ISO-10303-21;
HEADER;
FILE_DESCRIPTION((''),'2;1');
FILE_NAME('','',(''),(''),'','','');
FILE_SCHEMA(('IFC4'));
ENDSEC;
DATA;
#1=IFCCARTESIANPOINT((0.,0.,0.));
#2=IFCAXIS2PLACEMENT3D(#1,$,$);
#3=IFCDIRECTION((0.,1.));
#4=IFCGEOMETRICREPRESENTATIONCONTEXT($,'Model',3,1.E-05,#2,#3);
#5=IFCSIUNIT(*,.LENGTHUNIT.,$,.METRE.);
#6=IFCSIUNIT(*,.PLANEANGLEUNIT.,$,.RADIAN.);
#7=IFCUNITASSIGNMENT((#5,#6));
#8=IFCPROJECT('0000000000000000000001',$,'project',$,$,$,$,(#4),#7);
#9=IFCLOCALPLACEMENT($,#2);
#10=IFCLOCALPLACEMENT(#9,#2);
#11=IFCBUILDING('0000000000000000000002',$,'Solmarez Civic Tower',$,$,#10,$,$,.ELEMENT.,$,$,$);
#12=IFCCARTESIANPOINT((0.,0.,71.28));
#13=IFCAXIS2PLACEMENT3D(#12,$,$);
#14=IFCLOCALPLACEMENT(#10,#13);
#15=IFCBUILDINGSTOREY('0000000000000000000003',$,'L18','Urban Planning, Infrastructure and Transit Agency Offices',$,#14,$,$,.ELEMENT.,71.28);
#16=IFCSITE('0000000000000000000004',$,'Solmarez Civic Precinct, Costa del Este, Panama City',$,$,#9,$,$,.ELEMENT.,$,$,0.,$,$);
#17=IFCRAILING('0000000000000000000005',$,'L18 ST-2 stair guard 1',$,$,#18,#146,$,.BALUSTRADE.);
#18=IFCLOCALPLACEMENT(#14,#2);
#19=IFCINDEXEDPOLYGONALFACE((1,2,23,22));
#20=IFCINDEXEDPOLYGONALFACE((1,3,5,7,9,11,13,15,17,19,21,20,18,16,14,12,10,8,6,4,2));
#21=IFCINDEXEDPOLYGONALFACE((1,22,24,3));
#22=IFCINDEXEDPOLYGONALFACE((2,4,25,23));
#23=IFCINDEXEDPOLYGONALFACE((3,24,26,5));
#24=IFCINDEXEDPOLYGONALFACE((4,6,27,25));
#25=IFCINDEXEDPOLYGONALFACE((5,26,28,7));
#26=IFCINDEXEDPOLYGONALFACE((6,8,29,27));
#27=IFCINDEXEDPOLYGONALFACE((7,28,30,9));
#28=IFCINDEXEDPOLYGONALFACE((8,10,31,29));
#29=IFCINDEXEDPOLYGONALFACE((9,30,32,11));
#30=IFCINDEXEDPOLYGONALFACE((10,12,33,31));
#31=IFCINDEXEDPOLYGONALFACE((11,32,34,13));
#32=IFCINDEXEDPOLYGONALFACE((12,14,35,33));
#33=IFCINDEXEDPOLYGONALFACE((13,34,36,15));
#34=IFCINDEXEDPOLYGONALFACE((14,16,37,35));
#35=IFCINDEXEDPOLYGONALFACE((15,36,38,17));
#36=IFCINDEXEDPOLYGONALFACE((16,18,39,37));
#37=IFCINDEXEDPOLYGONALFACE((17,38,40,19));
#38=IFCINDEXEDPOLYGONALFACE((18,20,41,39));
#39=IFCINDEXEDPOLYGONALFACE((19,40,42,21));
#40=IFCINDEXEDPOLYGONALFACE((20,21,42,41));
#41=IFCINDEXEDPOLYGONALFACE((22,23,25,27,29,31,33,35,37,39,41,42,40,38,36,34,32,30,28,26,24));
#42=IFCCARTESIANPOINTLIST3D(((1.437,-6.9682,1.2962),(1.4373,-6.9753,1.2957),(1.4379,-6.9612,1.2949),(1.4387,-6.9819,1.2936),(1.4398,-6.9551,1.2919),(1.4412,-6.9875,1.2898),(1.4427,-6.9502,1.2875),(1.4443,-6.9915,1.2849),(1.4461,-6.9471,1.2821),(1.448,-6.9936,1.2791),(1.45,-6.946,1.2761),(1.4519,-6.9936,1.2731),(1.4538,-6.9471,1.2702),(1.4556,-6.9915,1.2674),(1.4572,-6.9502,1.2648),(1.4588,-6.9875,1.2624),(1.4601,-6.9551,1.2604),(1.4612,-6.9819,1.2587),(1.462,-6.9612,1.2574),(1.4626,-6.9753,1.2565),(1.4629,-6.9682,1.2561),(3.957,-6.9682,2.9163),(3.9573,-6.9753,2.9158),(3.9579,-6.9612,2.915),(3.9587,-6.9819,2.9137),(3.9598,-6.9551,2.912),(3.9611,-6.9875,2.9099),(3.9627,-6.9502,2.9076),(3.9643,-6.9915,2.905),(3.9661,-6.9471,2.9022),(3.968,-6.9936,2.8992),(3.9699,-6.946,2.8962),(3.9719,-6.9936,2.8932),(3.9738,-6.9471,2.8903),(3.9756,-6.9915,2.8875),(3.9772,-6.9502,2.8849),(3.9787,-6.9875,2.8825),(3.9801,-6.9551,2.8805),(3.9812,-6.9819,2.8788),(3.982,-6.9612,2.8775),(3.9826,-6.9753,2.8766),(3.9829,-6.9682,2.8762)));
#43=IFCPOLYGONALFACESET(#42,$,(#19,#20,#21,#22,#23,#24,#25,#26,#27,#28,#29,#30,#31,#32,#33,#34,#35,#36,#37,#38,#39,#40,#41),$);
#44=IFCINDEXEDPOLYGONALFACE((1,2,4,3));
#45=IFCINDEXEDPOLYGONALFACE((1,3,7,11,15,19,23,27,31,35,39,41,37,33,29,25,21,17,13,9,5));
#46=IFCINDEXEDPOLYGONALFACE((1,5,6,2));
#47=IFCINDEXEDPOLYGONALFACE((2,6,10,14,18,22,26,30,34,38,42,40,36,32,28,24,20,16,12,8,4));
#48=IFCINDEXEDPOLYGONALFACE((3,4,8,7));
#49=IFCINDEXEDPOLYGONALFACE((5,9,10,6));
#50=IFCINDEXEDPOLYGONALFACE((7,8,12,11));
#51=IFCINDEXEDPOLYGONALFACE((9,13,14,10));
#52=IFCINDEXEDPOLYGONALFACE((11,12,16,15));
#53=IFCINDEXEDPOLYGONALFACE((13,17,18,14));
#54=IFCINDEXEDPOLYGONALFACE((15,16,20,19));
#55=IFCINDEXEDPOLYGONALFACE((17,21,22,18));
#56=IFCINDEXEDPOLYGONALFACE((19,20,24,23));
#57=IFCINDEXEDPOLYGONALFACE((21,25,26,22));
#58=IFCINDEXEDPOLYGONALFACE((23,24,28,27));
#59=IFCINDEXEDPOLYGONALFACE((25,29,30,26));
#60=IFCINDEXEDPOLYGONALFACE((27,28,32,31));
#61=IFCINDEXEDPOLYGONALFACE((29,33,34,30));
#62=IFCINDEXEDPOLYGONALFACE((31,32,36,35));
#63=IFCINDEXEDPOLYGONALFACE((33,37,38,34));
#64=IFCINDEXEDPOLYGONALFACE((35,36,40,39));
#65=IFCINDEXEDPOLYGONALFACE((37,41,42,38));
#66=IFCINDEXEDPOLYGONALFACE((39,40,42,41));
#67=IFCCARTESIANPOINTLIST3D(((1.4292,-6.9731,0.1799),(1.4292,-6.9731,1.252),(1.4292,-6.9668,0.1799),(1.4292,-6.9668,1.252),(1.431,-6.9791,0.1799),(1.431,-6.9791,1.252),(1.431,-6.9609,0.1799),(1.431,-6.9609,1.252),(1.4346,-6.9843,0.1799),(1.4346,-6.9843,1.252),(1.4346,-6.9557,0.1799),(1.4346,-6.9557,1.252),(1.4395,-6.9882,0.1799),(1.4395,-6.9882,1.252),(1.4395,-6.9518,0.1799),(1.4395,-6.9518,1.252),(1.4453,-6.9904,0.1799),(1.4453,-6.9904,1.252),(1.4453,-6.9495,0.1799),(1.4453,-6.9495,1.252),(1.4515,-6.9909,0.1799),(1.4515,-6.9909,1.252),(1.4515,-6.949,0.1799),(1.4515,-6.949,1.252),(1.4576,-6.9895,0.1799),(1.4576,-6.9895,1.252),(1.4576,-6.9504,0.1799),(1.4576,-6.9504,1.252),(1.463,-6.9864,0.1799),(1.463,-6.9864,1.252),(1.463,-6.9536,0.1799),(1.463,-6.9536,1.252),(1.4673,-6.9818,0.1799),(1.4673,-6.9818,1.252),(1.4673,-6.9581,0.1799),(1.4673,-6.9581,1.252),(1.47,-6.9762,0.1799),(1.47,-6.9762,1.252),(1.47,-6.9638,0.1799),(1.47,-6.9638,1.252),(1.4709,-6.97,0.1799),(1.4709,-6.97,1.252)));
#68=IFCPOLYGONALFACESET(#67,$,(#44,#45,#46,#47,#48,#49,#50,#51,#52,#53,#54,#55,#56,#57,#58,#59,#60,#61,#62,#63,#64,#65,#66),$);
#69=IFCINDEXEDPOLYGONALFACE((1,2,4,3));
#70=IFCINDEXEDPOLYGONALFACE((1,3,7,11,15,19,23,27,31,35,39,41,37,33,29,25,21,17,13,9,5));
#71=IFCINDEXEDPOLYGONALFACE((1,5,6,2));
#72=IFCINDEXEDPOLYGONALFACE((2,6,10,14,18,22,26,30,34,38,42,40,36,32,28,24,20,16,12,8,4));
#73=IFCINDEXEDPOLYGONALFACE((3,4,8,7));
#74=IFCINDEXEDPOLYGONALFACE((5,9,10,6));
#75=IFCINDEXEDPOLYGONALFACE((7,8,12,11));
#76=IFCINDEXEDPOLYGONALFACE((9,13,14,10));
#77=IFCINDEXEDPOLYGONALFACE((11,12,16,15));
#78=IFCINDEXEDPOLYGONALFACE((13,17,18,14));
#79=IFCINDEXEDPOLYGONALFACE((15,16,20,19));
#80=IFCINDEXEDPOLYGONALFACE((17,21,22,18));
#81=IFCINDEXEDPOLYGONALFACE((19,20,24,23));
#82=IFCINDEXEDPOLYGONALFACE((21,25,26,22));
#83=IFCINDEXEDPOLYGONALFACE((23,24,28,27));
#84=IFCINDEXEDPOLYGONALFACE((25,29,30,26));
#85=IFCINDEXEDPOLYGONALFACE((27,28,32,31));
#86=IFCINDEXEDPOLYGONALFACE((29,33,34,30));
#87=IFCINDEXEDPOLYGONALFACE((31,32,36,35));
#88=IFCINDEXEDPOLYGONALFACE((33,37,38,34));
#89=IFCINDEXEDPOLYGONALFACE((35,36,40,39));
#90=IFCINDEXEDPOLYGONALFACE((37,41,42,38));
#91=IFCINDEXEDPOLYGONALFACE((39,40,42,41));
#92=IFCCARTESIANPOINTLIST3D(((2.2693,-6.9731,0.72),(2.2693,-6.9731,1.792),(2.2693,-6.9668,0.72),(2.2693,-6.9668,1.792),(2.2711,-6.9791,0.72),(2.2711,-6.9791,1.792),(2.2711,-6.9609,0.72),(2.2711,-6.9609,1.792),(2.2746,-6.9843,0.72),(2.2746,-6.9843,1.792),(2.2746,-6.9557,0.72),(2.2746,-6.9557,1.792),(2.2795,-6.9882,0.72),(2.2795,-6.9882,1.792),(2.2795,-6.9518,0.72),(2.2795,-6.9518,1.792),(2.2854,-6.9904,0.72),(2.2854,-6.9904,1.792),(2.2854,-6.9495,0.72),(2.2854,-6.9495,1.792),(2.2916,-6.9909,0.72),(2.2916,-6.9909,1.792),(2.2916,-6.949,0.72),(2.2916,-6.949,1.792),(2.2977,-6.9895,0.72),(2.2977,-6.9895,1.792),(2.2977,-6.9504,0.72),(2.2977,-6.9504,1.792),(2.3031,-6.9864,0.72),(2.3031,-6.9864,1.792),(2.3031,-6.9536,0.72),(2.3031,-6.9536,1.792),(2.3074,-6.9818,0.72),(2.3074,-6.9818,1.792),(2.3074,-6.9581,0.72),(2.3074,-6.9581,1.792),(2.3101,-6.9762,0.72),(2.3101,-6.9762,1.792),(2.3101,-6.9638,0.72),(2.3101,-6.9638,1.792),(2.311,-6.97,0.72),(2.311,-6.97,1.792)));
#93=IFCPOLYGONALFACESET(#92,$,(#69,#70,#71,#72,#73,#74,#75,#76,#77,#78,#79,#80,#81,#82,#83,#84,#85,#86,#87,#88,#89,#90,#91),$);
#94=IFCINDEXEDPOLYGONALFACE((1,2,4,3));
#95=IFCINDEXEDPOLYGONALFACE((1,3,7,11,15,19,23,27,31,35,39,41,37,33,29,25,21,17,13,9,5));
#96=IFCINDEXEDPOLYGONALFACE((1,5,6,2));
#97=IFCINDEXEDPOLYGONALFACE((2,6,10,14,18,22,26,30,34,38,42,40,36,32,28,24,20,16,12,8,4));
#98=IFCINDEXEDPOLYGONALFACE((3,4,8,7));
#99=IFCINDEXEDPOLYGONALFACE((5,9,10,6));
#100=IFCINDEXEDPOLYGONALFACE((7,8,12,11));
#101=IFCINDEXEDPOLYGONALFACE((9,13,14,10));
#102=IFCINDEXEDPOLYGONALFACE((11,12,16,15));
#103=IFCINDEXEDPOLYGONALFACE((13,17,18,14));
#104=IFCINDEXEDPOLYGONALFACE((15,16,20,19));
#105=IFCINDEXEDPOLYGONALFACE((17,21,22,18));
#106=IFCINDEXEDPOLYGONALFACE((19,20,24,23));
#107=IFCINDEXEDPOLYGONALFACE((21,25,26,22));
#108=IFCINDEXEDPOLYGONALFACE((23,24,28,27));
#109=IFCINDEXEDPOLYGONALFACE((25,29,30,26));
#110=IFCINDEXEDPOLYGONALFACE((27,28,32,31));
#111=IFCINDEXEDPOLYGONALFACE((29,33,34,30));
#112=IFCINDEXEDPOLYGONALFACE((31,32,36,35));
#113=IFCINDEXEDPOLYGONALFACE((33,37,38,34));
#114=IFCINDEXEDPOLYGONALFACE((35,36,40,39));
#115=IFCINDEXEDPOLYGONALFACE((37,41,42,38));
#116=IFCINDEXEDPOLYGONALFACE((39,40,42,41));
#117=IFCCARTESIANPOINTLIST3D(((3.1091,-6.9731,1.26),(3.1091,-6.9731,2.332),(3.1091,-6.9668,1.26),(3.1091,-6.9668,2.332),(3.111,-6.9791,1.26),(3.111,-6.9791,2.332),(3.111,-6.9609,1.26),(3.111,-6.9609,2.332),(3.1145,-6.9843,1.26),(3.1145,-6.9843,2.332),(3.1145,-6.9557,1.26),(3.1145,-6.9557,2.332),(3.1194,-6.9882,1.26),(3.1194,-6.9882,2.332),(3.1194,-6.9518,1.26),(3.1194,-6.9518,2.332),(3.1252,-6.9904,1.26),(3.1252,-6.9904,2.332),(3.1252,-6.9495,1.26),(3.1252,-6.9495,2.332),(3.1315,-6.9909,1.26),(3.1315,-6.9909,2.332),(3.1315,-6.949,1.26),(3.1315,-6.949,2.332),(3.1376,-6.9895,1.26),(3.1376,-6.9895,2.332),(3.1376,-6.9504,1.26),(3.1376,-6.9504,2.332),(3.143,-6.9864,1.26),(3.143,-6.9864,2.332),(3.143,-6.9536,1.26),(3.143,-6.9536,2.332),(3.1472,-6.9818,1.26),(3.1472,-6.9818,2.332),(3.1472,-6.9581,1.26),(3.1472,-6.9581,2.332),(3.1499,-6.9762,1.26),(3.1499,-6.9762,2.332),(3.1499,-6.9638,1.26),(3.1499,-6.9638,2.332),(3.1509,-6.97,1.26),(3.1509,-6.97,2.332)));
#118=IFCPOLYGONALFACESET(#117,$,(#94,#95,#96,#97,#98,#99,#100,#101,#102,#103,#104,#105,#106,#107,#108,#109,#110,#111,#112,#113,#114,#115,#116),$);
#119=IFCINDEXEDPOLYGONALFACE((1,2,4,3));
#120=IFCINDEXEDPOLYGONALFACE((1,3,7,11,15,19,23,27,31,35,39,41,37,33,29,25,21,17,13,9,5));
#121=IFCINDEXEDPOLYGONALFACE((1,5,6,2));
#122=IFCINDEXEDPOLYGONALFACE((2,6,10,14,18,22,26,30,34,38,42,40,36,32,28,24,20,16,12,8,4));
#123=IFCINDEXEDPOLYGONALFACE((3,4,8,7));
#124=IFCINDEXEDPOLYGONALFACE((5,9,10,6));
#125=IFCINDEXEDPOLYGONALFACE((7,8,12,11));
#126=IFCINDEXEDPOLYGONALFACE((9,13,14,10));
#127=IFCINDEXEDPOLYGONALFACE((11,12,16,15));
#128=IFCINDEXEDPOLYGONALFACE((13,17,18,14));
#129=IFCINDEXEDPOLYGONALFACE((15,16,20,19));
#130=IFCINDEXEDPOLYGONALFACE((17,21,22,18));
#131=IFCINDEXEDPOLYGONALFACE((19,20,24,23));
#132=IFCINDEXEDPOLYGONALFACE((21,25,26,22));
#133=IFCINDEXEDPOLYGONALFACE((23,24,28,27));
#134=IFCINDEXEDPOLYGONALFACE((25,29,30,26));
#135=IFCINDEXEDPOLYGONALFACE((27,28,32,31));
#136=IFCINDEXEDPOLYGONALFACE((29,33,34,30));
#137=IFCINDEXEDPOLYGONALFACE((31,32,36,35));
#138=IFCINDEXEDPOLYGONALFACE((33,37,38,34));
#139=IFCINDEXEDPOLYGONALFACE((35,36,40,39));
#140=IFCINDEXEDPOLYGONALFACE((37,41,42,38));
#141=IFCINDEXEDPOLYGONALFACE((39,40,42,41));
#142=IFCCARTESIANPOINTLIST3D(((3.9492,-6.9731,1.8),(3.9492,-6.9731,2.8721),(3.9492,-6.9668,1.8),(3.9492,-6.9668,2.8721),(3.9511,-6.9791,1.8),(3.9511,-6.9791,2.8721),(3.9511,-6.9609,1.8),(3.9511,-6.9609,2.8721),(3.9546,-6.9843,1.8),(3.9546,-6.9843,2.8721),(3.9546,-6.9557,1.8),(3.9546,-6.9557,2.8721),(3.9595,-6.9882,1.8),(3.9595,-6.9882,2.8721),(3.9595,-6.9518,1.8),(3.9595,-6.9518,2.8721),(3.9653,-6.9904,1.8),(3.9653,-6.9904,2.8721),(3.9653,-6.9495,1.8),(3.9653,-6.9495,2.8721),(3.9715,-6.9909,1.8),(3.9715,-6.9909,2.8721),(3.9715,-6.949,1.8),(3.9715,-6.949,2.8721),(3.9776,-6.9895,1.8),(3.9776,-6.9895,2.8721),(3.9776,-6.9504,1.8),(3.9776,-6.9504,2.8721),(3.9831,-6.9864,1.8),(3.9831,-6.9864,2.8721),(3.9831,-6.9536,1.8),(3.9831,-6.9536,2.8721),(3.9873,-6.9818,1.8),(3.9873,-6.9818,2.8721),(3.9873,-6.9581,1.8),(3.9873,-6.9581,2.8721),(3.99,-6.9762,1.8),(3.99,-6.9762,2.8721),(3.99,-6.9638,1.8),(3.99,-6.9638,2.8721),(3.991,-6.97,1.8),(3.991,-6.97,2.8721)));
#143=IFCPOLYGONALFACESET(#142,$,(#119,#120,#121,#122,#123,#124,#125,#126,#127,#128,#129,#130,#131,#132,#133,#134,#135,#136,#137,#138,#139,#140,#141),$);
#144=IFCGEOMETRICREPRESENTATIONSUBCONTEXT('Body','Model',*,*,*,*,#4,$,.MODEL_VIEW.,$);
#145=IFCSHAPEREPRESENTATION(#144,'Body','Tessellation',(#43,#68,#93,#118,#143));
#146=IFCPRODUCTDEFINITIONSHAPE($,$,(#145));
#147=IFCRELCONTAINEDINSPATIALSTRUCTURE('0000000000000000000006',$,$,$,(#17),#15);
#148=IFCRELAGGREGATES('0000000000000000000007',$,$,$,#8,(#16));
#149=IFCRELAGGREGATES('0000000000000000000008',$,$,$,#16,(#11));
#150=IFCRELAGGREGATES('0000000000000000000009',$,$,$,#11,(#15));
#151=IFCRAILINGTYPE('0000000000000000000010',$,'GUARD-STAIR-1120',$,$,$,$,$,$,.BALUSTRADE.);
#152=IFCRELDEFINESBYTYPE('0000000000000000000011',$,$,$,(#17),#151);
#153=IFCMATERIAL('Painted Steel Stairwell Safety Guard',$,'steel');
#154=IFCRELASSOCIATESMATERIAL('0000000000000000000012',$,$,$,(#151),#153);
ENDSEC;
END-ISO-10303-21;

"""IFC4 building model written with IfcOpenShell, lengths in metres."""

from ifc_helpers import new_model, si_unit, direction, frame, origin, origin_2d, place, context, subcontext, project, spatial, circle, extrude, material, type_object, element, save


model = new_model("IFC4")

# Units and contexts
model_context = context("Model", 3, precision=1e-05, world=origin(), true_north=direction((0.0, 1.0)))
body_context = subcontext(model_context, "Body", "Model", "MODEL_VIEW")
ifc_project = project(units=[si_unit("LENGTHUNIT", "METRE"), si_unit("PLANEANGLEUNIT", "RADIAN")], contexts=[model_context])

# Site, building, storey
site_placement = place(None, origin())
site = spatial("IfcSite", under=ifc_project, at=site_placement, Name="Solmarez Civic Precinct, Costa del Este, Panama City", CompositionType="ELEMENT", RefElevation=0.0)
building_placement = place(site_placement, origin())
building = spatial("IfcBuilding", under=site, at=building_placement, Name="Solmarez Civic Tower", CompositionType="ELEMENT")
storey_placement = place(building_placement, frame((0.0, 0.0, 71.28)))
storey = spatial("IfcBuildingStorey", under=building, at=storey_placement, Name="L18", Description="Urban Planning, Infrastructure and Transit Agency Offices", CompositionType="ELEMENT", Elevation=71.28)

# Railing
ifc_material_1 = material(Name="Painted Steel Stairwell Safety Guard", Category="steel")
railing_type_1 = type_object("IfcRailingType", Name="GUARD-STAIR-1120", PredefinedType="BALUSTRADE", material=ifc_material_1)
railing_1_placement = place(storey_placement, frame((1.45, -6.97, 0.1799)))
element("IfcRailing", 1, at=railing_1_placement, inside=storey, type_object=railing_type_1, Name="L18 ST-2 stair guard 1", PredefinedType="BALUSTRADE", context=body_context, shape_type="SweptSolid", body=[
    extrude(circle(Radius=0.0239, at=origin_2d()), frame((0.0, 0.0, 1.0962), z_axis=(0.841163, 0.0, 0.540782), x_axis=(0.0, 1.0, 0.0)), (0.0, 0.0, 1.0), 2.9958),
    extrude(circle(Radius=0.021, at=origin_2d()), origin(), (0.0, 0.0, 1.0), 1.072),
    extrude(circle(Radius=0.021, at=origin_2d()), frame((0.8401, 0.0, 0.54)), (0.0, 0.0, 1.0), 1.072),
    extrude(circle(Radius=0.021, at=origin_2d()), frame((1.6799, 0.0, 1.0801)), (0.0, 0.0, 1.0), 1.072),
    extrude(circle(Radius=0.021, at=origin_2d()), frame((2.52, 0.0, 1.6201)), (0.0, 0.0, 1.0), 1.072),
])

save(model, "model.ifc")
